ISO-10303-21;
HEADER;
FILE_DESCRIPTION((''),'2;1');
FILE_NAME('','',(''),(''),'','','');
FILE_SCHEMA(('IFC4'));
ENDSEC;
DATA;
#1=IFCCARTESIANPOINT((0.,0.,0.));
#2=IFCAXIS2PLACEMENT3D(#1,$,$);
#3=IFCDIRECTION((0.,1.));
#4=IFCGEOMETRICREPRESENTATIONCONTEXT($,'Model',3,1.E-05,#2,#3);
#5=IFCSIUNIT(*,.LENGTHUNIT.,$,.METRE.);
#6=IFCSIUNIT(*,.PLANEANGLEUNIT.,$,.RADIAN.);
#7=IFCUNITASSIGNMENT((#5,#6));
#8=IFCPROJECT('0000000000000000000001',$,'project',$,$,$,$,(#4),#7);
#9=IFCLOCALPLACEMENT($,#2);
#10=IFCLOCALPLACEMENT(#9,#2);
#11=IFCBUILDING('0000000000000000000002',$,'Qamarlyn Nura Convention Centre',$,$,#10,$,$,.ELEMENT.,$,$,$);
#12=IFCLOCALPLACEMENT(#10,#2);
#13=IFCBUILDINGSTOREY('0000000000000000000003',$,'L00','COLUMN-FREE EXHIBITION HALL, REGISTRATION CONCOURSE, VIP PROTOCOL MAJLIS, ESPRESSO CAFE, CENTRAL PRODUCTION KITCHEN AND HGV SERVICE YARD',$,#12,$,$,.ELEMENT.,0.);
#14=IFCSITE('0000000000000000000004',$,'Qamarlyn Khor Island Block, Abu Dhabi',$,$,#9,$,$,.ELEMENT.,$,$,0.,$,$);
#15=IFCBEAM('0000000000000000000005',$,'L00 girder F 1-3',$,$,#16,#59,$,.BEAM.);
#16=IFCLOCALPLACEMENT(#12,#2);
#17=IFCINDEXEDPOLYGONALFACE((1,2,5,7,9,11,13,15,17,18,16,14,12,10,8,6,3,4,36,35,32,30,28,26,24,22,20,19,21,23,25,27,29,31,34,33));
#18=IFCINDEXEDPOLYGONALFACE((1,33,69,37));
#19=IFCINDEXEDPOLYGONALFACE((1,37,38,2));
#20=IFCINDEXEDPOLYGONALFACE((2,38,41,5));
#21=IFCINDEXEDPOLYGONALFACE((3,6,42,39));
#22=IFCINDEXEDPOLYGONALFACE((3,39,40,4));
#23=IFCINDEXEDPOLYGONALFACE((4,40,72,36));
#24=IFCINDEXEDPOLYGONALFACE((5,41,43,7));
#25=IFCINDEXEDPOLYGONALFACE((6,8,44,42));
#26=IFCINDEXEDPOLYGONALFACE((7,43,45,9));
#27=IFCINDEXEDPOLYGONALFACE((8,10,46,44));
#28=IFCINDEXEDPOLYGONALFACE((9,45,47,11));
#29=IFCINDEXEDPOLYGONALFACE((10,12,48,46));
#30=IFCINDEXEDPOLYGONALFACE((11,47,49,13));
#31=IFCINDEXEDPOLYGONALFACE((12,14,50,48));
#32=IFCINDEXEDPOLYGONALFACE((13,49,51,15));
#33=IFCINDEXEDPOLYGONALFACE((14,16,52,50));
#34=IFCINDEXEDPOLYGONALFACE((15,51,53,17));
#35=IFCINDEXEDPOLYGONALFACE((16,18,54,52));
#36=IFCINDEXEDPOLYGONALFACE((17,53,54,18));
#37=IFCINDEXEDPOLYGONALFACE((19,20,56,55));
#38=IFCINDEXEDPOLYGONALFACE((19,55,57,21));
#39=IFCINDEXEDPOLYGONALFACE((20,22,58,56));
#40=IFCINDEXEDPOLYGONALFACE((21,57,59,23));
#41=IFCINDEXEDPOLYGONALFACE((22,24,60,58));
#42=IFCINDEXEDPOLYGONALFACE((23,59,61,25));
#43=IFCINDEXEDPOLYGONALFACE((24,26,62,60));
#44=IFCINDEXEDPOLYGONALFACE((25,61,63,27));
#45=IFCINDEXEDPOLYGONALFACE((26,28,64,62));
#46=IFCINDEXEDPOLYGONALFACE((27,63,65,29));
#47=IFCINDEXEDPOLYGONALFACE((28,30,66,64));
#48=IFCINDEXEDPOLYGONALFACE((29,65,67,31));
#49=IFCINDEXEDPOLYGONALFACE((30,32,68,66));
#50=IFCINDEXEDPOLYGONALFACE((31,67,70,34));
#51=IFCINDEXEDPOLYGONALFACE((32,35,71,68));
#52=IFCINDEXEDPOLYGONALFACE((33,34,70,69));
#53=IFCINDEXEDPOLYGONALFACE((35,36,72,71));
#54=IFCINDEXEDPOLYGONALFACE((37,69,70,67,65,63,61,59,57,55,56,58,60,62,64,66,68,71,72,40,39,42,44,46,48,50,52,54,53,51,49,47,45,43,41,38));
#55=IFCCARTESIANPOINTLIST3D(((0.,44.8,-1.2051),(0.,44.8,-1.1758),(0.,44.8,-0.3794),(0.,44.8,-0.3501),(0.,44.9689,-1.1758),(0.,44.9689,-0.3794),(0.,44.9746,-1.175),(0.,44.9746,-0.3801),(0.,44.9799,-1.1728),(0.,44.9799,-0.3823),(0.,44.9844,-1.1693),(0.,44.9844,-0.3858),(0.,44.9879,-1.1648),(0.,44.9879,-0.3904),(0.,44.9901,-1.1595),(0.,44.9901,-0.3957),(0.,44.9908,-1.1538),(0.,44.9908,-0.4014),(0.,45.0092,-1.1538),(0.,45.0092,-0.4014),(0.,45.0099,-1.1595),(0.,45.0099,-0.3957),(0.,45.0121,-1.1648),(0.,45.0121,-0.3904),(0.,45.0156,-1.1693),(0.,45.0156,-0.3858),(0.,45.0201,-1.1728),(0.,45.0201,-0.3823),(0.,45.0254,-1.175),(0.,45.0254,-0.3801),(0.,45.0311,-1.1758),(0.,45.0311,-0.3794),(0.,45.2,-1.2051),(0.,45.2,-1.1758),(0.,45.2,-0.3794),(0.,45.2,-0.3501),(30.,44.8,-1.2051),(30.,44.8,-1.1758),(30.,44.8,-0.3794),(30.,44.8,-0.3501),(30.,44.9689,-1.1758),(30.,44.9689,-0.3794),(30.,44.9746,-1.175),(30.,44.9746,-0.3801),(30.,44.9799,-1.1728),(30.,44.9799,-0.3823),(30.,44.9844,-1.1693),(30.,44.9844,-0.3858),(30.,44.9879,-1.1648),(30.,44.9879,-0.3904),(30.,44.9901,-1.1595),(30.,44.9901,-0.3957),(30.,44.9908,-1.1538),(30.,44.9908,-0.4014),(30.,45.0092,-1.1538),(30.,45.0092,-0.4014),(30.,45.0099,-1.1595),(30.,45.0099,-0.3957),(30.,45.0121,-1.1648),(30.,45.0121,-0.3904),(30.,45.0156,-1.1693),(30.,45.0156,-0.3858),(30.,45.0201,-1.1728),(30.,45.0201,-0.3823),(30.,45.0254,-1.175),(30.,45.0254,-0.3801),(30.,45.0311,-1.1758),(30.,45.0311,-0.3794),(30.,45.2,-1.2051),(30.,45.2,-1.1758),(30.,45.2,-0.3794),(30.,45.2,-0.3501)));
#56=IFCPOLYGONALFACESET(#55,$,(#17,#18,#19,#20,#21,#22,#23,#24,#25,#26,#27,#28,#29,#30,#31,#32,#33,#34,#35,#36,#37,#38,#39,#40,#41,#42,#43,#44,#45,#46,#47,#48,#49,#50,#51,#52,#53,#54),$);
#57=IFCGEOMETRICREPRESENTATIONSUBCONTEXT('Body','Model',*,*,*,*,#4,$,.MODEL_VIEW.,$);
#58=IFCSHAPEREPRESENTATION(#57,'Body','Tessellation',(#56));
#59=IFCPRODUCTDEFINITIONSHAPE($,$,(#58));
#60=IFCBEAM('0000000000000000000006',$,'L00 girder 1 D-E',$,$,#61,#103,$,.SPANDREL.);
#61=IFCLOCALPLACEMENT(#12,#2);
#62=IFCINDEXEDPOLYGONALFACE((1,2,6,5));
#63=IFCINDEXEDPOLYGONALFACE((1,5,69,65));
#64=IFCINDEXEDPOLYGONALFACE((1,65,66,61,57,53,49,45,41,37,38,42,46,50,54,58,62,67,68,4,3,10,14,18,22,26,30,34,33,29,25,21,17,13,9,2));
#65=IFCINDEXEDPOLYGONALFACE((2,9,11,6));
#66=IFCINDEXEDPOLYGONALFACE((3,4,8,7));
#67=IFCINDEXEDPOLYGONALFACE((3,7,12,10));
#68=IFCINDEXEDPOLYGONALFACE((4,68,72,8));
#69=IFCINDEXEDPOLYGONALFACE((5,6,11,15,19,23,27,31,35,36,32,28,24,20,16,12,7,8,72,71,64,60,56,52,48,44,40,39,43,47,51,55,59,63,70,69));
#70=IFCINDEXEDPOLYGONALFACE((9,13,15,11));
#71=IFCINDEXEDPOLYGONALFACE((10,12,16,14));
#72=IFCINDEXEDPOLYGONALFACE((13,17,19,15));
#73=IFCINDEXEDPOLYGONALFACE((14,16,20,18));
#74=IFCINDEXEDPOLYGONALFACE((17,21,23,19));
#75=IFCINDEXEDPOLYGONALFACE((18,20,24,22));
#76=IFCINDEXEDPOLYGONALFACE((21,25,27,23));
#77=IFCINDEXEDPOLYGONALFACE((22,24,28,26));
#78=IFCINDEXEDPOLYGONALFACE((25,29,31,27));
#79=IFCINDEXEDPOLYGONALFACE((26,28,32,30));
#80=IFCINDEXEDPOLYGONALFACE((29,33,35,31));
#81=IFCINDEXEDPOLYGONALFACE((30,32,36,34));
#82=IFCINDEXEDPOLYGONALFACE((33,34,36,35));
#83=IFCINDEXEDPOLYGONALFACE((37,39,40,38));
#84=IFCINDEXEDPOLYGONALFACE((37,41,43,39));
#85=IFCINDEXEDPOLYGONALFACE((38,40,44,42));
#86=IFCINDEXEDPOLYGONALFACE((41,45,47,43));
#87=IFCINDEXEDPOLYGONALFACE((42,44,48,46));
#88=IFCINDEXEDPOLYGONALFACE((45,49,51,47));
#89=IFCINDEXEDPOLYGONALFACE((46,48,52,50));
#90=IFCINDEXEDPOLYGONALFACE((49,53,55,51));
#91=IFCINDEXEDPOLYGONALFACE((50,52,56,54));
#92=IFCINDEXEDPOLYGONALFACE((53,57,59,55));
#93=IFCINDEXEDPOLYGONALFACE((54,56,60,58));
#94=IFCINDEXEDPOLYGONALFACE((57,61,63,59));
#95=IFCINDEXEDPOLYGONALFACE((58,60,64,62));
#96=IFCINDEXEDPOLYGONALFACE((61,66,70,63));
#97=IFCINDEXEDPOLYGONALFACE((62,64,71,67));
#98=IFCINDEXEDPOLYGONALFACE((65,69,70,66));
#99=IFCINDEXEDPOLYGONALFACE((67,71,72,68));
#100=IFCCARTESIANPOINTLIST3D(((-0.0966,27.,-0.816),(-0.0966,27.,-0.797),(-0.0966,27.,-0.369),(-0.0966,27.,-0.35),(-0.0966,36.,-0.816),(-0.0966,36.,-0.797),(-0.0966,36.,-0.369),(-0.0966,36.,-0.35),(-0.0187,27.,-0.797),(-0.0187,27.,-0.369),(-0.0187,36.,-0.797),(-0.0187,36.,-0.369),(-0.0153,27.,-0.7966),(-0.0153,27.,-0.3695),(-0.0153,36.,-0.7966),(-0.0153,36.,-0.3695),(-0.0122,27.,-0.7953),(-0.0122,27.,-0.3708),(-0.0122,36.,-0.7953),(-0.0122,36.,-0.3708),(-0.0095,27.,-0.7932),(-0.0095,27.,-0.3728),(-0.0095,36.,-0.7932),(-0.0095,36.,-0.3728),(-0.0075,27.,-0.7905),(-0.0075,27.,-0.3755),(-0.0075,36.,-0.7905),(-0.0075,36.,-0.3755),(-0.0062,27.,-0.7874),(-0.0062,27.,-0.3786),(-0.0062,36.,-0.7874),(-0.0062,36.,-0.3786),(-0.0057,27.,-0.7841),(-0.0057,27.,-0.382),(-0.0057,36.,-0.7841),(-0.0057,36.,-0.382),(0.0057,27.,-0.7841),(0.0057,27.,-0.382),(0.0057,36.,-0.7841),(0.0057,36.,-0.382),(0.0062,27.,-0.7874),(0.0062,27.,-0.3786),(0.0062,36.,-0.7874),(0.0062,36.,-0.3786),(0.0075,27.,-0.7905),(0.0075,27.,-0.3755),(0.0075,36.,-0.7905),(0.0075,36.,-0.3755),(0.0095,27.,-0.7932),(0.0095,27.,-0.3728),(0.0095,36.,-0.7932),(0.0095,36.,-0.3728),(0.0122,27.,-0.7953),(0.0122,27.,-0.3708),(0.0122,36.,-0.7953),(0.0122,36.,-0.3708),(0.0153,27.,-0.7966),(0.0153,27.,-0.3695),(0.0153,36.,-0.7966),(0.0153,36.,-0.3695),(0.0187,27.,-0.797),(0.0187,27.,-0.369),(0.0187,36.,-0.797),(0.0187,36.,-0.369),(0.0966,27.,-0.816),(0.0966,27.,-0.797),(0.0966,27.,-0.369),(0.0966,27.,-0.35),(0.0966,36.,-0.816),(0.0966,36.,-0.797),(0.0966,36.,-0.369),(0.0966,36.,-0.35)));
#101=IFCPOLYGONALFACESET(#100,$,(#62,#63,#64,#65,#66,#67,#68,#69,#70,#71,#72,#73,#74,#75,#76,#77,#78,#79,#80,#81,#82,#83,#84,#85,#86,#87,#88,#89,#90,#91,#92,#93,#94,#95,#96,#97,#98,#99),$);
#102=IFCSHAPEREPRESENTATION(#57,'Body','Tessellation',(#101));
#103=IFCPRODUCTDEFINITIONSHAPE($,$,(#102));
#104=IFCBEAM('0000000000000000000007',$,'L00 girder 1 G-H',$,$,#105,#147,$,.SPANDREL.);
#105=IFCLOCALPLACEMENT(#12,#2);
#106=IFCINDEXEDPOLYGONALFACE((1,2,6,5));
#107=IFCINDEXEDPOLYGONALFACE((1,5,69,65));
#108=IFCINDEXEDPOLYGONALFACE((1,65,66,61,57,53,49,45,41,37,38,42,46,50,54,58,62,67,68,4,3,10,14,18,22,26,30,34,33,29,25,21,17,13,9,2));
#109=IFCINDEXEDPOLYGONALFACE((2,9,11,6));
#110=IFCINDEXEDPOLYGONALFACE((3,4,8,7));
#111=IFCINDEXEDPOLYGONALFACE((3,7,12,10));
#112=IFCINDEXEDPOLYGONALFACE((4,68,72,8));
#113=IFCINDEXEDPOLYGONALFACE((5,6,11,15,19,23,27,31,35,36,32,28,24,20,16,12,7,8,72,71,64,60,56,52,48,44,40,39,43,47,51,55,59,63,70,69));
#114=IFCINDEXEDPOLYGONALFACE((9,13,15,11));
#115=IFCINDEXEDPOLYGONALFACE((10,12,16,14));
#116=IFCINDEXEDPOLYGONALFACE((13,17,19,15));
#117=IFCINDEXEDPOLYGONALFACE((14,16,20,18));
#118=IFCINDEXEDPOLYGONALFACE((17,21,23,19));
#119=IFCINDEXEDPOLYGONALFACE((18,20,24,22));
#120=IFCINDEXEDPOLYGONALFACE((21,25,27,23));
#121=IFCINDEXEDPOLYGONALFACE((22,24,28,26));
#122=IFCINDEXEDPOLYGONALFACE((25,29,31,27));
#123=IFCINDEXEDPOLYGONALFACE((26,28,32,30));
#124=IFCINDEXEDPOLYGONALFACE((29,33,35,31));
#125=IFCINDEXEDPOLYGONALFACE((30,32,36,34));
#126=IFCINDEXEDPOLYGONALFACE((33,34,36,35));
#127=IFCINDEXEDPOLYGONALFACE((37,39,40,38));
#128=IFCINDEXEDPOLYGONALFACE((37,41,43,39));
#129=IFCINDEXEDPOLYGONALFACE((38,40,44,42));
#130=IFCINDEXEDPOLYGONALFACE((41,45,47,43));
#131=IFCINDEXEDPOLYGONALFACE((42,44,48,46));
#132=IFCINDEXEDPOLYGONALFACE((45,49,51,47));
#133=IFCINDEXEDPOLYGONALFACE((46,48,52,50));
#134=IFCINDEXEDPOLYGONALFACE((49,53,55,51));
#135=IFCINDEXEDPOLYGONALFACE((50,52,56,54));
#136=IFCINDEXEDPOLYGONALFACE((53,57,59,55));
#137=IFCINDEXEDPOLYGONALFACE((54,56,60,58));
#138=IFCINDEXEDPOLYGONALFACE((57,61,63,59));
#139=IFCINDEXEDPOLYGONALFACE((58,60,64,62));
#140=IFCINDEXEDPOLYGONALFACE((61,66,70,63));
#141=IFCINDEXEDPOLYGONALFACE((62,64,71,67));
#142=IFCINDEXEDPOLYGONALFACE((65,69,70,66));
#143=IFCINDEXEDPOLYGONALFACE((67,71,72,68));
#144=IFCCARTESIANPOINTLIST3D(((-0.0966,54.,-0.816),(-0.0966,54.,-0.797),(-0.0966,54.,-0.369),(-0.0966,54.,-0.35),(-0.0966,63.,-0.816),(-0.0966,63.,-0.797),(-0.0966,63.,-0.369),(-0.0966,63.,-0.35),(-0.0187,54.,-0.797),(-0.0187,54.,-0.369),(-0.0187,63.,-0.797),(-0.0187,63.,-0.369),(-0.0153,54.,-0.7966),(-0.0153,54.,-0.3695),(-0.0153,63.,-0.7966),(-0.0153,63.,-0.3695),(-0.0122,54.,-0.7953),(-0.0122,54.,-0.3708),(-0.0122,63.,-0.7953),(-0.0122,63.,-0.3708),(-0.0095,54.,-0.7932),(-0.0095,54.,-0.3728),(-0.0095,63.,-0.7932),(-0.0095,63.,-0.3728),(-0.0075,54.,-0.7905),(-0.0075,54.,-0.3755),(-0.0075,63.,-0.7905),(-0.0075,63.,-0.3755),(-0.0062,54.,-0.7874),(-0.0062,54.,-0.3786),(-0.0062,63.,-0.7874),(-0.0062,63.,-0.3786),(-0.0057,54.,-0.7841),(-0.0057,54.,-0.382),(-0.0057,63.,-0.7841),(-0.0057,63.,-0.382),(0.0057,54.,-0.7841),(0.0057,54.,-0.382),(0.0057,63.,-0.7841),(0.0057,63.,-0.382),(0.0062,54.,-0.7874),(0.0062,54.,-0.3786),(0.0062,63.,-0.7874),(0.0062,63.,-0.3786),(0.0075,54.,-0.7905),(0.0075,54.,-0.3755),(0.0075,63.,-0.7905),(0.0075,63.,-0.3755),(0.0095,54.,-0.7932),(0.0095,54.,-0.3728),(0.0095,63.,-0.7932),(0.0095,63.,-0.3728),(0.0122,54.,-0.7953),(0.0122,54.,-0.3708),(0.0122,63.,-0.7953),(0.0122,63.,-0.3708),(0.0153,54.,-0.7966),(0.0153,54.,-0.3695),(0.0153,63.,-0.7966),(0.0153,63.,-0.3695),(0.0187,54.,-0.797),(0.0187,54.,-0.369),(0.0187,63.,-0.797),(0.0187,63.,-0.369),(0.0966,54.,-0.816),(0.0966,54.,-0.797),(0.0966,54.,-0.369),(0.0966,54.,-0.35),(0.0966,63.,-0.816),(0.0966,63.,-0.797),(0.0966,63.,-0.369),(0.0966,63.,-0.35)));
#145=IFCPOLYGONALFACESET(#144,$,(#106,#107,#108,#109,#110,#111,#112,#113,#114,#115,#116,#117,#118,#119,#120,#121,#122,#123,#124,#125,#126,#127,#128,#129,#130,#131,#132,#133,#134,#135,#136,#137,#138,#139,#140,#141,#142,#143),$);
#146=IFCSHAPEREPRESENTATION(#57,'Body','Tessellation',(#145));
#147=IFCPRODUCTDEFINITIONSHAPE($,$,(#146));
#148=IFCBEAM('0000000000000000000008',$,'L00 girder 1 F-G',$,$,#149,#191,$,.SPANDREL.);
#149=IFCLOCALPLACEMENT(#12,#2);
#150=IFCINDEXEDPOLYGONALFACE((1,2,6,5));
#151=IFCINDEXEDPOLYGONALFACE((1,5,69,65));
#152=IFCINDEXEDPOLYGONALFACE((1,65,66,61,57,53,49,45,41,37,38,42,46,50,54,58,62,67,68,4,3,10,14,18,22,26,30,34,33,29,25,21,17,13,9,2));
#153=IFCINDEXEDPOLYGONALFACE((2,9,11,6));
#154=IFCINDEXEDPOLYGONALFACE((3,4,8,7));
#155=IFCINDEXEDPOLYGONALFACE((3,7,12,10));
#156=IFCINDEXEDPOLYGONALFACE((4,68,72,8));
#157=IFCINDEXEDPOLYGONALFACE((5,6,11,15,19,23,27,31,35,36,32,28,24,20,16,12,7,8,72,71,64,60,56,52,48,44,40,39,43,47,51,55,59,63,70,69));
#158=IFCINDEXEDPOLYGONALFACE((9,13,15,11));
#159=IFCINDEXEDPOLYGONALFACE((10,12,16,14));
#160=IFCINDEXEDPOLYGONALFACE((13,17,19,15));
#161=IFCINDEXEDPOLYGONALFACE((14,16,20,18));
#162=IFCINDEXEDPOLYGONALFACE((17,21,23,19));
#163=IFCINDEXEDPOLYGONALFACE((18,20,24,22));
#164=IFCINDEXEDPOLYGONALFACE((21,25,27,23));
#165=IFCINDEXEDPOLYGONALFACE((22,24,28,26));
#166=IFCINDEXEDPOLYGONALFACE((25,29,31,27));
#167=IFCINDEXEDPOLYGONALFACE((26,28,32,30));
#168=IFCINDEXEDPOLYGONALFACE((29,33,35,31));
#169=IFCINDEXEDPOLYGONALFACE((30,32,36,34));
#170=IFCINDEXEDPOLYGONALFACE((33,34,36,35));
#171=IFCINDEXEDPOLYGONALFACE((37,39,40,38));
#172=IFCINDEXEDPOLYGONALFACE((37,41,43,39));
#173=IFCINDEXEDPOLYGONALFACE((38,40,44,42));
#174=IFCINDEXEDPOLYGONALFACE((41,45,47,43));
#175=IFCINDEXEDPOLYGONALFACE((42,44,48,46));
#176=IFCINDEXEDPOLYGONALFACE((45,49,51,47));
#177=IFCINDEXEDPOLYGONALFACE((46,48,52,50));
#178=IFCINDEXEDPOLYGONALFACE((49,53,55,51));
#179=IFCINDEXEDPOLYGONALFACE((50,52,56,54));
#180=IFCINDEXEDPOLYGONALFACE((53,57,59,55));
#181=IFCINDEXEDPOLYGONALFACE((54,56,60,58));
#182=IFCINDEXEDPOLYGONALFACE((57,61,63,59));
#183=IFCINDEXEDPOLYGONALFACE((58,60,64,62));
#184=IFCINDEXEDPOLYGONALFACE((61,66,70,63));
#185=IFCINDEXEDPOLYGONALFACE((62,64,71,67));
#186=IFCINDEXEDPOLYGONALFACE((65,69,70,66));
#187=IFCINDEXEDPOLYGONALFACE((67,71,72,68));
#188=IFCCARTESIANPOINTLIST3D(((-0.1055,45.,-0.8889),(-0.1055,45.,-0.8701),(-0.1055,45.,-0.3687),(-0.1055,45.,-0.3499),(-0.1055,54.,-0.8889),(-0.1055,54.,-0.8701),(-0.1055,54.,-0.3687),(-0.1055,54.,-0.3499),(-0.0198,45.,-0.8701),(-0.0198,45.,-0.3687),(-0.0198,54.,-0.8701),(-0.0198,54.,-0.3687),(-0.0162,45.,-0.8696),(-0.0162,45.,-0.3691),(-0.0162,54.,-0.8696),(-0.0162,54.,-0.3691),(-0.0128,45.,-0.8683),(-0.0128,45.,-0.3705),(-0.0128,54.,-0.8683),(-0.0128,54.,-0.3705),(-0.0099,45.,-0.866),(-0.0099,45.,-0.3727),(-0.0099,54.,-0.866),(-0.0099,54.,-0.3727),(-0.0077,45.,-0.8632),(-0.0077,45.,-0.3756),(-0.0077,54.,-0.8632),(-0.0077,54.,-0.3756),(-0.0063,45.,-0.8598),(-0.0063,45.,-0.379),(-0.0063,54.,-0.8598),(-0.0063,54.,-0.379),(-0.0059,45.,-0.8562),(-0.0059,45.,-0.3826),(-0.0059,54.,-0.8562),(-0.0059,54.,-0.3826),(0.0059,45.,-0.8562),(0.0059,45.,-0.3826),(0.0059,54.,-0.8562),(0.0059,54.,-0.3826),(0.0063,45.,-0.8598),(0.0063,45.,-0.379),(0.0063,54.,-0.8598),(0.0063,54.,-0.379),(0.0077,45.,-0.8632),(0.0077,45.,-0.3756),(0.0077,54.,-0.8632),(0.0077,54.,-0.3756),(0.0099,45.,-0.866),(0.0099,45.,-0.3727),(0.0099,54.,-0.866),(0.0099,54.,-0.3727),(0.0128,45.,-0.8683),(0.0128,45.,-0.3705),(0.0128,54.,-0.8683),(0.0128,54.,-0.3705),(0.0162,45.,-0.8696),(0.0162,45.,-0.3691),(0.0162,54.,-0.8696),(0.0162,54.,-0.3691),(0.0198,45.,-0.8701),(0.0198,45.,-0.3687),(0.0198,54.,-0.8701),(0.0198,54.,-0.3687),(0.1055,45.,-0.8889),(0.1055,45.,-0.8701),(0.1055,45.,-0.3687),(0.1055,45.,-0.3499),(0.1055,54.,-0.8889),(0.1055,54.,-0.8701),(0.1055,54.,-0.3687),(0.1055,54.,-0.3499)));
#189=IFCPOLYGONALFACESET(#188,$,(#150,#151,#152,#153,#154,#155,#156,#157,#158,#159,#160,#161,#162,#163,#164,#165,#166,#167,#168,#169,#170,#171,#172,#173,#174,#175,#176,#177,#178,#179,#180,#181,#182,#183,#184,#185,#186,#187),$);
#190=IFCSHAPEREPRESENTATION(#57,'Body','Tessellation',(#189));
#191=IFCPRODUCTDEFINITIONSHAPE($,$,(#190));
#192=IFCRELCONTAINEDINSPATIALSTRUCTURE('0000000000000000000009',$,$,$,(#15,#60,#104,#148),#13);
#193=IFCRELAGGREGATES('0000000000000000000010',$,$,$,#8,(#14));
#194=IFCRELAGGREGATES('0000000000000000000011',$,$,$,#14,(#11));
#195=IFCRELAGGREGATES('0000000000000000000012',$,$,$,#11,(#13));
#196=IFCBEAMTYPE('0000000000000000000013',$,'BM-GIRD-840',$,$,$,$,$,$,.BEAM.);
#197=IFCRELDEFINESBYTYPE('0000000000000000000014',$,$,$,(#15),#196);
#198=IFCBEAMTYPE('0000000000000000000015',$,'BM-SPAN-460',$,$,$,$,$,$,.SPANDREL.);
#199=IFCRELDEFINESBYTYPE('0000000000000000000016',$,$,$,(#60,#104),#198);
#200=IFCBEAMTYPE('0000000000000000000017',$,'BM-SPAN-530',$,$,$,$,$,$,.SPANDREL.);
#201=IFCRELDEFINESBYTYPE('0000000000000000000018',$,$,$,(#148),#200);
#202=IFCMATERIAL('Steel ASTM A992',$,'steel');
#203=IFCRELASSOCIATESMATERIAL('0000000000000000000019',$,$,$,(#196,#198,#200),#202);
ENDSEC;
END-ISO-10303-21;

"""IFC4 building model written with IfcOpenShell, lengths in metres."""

from ifc_helpers import new_model, si_unit, direction, frame, origin, origin_2d, place, context, subcontext, project, spatial, i_section, extrude, material, material_profile, profile_set, type_object, element, save


model = new_model("IFC4")

# Units and contexts
model_context = context("Model", 3, precision=1e-05, world=origin(), true_north=direction((0.0, 1.0)))
body_context = subcontext(model_context, "Body", "Model", "MODEL_VIEW")
ifc_project = project(units=[si_unit("LENGTHUNIT", "METRE"), si_unit("PLANEANGLEUNIT", "RADIAN")], contexts=[model_context])

# Site, building, storey
site_placement = place(None, origin())
site = spatial("IfcSite", under=ifc_project, at=site_placement, Name="Qamarlyn Khor Island Block, Abu Dhabi", CompositionType="ELEMENT", RefElevation=0.0)
building_placement = place(site_placement, origin())
building = spatial("IfcBuilding", under=site, at=building_placement, Name="Qamarlyn Nura Convention Centre", CompositionType="ELEMENT")
storey_placement = place(building_placement, origin())
storey = spatial("IfcBuildingStorey", under=building, at=storey_placement, Name="L00", Description="COLUMN-FREE EXHIBITION HALL, REGISTRATION CONCOURSE, VIP PROTOCOL MAJLIS, ESPRESSO CAFE, CENTRAL PRODUCTION KITCHEN AND HGV SERVICE YARD", CompositionType="ELEMENT", Elevation=0.0)

# Shared definitions
ifc_material_1 = material(Name="Steel ASTM A992", Category="steel")

# Beams
ifc_material_profile_1 = material_profile(ifc_material_1, i_section(OverallWidth=0.3999, OverallDepth=0.855, WebThickness=0.0183, FlangeThickness=0.0293, FilletRadius=0.022, at=origin_2d()), Name="W840X299")
ifc_profile_set_1 = profile_set([ifc_material_profile_1], Name="Steel ASTM A992")
beam_type_1 = type_object("IfcBeamType", Name="BM-GIRD-840", PredefinedType="BEAM", material=ifc_profile_set_1)
beam_1_placement = place(storey_placement, frame((0.0, 45.0, -0.7776), z_axis=(1.0, 0.0, 0.0), x_axis=(0.0, 1.0, 0.0)))
element("IfcBeam", 1, at=beam_1_placement, inside=storey, type_object=beam_type_1, Name="L00 girder F 1-3", PredefinedType="BEAM", context=body_context, shape_type="SweptSolid", body=[
    extrude(i_section(OverallWidth=0.3999, OverallDepth=0.855, WebThickness=0.0183, FlangeThickness=0.0293, FilletRadius=0.022, at=origin_2d()), origin(), (0.0, 0.0, 1.0), 30.0),
])
ifc_material_profile_2 = material_profile(ifc_material_1, i_section(OverallWidth=0.1931, OverallDepth=0.4661, WebThickness=0.0115, FlangeThickness=0.019, FilletRadius=0.0129, at=origin_2d()), Name="W460X97")
ifc_profile_set_2 = profile_set([ifc_material_profile_2], Name="Steel ASTM A992")
beam_type_2 = type_object("IfcBeamType", Name="BM-SPAN-460", PredefinedType="SPANDREL", material=ifc_profile_set_2)
for number, where, z_axis, x_axis, name in (
    (2, (0.0, 27.0, -0.583), (0.0, 1.0, 0.0), (-1.0, 0.0, 0.0), "L00 girder 1 D-E"),
    (3, (0.0, 54.0, -0.583), (0.0, 1.0, 0.0), (-1.0, 0.0, 0.0), "L00 girder 1 G-H"),
):
    element("IfcBeam", number, at=place(storey_placement, frame(where, z_axis=z_axis, x_axis=x_axis)), inside=storey, type_object=beam_type_2, Name=name, PredefinedType="SPANDREL", context=body_context, shape_type="SweptSolid", body=[
        extrude(i_section(OverallWidth=0.1931, OverallDepth=0.4661, WebThickness=0.0115, FlangeThickness=0.019, FilletRadius=0.0129, at=origin_2d()), origin(), (0.0, 0.0, 1.0), 9.0),
    ])
ifc_material_profile_3 = material_profile(ifc_material_1, i_section(OverallWidth=0.2109, OverallDepth=0.5391, WebThickness=0.0117, FlangeThickness=0.0188, FilletRadius=0.0139, at=origin_2d()), Name="W530X109")
ifc_profile_set_3 = profile_set([ifc_material_profile_3], Name="Steel ASTM A992")
beam_type_3 = type_object("IfcBeamType", Name="BM-SPAN-530", PredefinedType="SPANDREL", material=ifc_profile_set_3)
beam_2_placement = place(storey_placement, frame((0.0, 45.0, -0.6194), z_axis=(0.0, 1.0, 0.0), x_axis=(-1.0, 0.0, 0.0)))
element("IfcBeam", 4, at=beam_2_placement, inside=storey, type_object=beam_type_3, Name="L00 girder 1 F-G", PredefinedType="SPANDREL", context=body_context, shape_type="SweptSolid", body=[
    extrude(i_section(OverallWidth=0.2109, OverallDepth=0.5391, WebThickness=0.0117, FlangeThickness=0.0188, FilletRadius=0.0139, at=origin_2d()), origin(), (0.0, 0.0, 1.0), 9.0),
])

save(model, "model.ifc")
